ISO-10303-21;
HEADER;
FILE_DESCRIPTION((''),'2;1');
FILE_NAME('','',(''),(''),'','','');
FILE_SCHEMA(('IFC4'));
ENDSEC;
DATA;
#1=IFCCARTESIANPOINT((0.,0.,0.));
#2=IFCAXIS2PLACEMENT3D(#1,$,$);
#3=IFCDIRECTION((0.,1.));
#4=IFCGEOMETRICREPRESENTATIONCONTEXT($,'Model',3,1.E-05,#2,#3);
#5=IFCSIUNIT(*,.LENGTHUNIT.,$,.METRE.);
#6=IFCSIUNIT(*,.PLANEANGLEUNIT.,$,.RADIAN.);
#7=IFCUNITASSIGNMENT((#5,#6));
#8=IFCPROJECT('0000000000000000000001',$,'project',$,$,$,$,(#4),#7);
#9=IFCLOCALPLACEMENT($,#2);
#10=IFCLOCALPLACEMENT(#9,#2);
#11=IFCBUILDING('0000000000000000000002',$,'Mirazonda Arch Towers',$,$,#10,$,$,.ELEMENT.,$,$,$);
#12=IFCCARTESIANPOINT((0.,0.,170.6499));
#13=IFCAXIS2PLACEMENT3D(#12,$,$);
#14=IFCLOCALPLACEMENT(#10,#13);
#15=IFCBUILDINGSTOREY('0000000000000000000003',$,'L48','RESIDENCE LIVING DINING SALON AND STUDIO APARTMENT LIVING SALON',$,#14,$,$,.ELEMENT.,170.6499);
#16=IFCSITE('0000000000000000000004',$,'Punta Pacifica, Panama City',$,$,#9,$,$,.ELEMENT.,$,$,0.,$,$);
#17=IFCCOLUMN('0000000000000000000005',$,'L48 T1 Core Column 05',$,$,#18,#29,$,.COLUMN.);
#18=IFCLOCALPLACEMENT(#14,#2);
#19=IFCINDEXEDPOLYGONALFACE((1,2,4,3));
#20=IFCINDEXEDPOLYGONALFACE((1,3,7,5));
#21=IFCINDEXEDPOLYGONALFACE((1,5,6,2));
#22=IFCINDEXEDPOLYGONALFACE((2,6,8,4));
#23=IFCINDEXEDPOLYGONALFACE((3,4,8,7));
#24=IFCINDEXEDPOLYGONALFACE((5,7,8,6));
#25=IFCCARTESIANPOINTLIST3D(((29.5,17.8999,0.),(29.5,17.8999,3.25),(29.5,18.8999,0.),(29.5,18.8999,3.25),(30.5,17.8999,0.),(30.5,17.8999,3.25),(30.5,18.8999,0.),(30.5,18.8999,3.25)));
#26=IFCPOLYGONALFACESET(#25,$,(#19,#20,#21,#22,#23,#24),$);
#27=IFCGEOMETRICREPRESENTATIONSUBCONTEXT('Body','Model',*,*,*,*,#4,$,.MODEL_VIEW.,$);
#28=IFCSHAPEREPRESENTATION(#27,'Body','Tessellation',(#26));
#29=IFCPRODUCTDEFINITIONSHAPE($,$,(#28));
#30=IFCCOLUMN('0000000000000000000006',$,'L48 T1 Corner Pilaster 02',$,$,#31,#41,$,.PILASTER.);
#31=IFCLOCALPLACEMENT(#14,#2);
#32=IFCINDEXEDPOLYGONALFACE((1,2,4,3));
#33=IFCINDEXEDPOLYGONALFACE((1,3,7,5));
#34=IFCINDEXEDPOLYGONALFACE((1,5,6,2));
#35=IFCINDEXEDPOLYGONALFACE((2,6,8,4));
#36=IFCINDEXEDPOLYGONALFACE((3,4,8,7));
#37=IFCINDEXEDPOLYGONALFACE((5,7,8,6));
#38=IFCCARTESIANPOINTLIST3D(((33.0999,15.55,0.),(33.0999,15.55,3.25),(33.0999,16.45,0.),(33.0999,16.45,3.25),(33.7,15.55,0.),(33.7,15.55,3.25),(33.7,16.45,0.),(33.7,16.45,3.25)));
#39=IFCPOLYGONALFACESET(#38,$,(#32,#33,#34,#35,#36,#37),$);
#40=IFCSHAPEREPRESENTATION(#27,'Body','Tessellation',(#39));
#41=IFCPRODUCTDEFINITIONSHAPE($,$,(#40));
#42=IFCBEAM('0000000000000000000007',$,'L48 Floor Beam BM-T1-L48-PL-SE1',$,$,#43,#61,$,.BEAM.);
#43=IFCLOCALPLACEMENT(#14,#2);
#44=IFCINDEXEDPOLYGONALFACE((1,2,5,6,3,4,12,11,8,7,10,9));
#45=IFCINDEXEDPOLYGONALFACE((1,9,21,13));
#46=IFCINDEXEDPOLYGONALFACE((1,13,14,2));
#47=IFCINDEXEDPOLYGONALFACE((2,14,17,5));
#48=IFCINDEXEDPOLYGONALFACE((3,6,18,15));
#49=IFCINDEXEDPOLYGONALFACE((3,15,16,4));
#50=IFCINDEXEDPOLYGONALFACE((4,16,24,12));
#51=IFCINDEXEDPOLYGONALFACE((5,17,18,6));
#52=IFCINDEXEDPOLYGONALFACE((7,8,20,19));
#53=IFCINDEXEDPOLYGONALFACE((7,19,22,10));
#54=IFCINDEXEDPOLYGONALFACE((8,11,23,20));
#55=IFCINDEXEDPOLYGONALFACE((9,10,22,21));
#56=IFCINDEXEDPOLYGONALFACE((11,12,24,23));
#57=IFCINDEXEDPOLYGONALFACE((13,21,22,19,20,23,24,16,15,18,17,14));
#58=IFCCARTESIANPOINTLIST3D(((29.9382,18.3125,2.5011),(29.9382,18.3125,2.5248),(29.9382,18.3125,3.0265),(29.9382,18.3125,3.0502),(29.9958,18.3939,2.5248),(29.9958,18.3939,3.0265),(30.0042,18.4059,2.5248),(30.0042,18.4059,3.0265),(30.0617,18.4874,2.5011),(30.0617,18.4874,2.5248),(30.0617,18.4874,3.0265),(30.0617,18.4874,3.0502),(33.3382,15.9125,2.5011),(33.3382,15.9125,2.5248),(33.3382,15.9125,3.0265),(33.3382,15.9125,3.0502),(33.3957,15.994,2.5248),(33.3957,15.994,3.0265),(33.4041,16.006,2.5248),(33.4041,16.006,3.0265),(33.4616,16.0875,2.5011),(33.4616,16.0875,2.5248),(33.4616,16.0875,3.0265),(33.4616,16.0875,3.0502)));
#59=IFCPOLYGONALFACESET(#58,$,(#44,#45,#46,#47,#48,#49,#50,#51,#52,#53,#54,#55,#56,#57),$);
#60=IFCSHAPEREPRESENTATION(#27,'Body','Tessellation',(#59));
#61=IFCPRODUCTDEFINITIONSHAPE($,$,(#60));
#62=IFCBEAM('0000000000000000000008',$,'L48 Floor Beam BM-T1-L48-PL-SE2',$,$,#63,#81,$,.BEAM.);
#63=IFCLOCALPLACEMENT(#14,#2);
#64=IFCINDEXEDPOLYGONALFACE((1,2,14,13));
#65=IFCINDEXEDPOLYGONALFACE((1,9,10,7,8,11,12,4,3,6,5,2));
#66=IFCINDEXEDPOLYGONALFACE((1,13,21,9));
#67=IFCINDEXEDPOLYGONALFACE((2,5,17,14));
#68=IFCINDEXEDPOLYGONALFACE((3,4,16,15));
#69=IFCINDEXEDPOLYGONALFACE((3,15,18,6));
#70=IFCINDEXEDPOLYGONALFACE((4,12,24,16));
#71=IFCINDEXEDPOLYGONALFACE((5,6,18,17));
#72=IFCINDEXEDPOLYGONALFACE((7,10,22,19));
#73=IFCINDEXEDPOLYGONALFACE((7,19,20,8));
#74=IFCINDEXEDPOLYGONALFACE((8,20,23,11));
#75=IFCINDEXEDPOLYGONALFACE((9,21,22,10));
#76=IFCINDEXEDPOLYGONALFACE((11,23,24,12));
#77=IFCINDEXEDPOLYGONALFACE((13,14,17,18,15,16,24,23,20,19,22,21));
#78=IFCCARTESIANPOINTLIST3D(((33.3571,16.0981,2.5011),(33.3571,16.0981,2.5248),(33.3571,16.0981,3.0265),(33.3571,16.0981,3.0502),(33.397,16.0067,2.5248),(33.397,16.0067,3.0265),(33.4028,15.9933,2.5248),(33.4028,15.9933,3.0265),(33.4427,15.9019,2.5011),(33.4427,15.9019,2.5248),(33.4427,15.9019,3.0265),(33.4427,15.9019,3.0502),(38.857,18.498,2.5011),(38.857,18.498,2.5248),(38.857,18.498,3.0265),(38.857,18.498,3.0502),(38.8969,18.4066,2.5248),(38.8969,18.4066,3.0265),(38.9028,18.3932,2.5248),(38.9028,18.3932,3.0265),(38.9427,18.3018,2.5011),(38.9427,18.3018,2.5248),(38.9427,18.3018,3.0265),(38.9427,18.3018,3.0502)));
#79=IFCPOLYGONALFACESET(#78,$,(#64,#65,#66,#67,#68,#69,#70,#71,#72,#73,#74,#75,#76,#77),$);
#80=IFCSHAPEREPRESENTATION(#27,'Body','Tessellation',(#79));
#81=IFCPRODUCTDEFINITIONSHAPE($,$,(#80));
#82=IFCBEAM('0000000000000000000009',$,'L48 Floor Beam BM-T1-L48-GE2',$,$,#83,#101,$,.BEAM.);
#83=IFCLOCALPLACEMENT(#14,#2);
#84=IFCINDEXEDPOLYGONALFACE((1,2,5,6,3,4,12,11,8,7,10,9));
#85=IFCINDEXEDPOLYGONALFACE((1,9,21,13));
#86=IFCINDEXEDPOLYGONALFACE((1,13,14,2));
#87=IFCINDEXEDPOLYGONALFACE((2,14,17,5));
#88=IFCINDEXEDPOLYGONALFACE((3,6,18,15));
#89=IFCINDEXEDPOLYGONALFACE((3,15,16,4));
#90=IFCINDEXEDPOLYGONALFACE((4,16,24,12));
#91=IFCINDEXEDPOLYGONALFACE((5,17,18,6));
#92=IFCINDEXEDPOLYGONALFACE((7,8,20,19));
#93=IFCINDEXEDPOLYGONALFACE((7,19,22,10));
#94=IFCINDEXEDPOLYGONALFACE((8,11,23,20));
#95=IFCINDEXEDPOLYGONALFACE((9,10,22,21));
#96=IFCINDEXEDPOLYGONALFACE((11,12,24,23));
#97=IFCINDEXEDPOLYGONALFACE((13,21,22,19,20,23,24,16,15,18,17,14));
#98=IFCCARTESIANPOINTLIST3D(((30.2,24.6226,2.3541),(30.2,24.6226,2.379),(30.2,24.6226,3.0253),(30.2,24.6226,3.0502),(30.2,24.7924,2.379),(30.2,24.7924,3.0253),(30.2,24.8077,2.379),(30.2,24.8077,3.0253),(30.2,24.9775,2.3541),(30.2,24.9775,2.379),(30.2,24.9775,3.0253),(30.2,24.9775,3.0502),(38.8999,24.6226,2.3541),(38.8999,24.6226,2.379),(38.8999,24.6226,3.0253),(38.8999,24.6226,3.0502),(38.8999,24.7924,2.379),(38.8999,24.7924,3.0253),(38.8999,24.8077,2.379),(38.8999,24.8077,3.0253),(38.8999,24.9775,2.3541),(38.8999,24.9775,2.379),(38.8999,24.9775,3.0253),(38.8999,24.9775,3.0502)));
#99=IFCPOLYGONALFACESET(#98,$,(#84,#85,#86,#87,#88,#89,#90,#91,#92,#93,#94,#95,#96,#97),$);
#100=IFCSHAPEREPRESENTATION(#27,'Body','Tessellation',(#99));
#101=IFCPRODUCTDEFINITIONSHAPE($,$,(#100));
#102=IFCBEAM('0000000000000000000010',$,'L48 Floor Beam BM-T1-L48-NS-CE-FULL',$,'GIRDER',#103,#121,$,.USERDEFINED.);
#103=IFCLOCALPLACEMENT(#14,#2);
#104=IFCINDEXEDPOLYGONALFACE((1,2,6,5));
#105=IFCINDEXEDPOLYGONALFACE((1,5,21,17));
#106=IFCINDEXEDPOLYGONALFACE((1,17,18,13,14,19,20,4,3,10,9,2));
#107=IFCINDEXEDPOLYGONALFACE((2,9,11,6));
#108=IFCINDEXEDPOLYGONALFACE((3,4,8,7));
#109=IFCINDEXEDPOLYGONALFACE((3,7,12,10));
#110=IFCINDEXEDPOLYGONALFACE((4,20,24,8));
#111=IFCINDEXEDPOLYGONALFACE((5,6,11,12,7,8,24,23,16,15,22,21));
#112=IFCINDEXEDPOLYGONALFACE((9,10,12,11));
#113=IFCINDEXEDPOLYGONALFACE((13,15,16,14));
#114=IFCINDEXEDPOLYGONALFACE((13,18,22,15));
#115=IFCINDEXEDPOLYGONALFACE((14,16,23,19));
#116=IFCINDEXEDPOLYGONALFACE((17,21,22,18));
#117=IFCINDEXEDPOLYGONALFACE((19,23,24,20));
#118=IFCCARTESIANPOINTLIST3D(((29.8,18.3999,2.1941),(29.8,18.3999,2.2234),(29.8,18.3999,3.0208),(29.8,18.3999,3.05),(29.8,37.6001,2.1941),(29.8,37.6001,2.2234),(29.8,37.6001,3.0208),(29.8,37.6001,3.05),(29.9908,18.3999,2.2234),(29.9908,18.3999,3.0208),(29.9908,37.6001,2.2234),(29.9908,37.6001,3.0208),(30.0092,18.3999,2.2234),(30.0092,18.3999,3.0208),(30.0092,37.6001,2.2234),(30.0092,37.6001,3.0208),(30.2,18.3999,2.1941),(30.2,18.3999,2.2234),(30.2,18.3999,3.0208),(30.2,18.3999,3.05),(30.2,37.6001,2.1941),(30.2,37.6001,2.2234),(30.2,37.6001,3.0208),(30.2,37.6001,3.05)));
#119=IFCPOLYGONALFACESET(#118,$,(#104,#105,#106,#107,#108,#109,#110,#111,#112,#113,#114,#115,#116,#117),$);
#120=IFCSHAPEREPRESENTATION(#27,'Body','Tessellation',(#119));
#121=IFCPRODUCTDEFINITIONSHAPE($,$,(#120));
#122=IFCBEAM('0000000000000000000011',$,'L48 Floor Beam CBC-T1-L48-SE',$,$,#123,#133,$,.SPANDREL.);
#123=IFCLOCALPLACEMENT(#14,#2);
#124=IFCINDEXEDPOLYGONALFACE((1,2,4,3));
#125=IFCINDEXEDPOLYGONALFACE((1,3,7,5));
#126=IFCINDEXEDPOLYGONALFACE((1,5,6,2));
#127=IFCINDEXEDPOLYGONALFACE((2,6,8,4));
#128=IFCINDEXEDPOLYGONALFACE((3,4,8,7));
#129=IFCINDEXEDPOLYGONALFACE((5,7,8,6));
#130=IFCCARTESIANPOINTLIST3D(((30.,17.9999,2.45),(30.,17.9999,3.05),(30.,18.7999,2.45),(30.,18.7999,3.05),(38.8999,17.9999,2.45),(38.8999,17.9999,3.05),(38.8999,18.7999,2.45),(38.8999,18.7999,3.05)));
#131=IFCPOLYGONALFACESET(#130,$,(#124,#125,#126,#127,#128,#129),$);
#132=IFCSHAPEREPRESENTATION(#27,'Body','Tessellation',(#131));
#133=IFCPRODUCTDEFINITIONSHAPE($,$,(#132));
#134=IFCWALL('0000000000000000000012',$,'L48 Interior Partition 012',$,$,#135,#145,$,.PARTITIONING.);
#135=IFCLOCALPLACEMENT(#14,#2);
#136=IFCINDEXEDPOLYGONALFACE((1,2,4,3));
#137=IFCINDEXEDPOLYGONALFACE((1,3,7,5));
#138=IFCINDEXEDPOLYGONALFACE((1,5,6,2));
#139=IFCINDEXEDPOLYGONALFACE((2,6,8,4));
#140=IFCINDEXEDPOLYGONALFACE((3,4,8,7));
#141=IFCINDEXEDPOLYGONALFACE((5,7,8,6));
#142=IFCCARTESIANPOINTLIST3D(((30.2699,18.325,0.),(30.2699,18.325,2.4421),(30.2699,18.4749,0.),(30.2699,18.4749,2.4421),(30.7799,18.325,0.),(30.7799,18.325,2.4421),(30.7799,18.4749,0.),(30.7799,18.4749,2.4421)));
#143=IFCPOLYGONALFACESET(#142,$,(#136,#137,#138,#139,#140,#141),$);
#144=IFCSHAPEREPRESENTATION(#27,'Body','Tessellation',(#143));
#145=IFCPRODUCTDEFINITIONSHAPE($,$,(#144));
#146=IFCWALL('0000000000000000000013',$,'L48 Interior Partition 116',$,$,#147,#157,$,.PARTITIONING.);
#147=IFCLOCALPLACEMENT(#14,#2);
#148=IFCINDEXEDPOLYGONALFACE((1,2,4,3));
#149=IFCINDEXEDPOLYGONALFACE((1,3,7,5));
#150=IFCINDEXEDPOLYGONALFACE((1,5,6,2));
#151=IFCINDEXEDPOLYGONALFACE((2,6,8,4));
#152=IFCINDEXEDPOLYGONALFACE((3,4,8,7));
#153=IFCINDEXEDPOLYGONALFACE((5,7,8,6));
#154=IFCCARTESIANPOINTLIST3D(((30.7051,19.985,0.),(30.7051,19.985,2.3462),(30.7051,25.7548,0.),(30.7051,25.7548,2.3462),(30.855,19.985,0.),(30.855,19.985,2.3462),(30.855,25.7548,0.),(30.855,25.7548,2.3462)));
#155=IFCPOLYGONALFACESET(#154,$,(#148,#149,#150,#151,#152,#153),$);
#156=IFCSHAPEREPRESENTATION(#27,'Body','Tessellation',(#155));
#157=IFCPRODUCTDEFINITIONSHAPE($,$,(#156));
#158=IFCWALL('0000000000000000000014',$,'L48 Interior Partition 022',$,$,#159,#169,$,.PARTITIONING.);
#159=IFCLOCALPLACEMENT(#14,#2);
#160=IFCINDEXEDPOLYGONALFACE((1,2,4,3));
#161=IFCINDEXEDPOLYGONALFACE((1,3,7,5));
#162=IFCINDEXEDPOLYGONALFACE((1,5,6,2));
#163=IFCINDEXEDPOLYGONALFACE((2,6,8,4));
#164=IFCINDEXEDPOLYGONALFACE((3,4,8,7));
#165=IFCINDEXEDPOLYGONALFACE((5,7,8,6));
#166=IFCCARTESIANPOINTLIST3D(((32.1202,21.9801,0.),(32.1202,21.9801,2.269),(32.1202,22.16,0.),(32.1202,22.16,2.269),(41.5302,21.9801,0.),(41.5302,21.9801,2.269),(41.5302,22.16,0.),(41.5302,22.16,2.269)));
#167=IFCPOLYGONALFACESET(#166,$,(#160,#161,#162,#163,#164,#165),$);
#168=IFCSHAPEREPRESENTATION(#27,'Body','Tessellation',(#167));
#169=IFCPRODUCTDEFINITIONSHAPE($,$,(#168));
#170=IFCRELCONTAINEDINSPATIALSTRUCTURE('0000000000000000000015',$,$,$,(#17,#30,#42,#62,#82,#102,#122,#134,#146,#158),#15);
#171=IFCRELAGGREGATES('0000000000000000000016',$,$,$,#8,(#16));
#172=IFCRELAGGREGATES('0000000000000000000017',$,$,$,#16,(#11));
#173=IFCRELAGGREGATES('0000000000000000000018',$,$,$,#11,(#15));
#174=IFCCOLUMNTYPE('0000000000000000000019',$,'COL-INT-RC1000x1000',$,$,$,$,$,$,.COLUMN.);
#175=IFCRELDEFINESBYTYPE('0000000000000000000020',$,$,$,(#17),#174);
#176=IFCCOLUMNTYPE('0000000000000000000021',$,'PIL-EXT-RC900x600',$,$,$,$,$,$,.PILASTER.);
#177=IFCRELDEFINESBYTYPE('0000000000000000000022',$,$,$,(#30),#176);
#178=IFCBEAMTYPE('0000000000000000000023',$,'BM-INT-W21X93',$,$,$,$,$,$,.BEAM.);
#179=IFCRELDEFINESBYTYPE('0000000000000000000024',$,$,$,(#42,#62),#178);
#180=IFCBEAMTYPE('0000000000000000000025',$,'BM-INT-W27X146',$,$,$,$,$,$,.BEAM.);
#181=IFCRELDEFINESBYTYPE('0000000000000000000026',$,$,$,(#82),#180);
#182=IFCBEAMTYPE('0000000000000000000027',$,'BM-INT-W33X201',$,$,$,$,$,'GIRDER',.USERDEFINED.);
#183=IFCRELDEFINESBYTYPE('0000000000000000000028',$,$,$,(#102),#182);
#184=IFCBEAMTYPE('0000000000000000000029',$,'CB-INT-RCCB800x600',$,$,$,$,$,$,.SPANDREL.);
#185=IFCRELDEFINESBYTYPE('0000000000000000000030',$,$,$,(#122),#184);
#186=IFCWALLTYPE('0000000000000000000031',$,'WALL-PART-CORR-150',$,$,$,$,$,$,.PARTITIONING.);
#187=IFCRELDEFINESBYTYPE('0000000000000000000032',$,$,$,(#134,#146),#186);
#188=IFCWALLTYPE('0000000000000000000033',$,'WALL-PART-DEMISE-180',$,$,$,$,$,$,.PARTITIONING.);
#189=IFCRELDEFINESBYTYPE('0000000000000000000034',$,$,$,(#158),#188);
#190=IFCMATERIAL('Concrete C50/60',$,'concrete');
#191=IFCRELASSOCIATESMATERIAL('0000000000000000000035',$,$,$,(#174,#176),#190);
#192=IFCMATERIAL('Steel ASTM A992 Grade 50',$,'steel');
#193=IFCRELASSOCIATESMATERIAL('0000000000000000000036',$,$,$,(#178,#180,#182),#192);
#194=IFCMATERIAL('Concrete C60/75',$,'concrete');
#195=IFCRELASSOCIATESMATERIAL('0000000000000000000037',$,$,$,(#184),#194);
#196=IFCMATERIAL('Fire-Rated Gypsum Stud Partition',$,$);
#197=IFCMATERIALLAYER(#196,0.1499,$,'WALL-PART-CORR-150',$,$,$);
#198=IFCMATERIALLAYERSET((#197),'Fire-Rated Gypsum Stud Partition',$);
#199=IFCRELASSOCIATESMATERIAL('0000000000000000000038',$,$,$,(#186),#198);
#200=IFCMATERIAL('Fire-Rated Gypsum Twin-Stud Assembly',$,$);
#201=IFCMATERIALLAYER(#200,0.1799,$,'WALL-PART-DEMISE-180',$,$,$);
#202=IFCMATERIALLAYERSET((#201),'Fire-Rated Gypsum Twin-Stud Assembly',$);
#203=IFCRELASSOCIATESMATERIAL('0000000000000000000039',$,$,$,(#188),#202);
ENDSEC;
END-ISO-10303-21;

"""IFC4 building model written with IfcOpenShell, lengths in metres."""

from ifc_helpers import new_model, si_unit, direction, frame, frame_2d, origin, origin_2d, place, context, subcontext, project, spatial, rectangle, i_section, extrude, material, layer, layer_set, material_profile, profile_set, type_object, element, save


model = new_model("IFC4")

# Units and contexts
model_context = context("Model", 3, precision=1e-05, world=origin(), true_north=direction((0.0, 1.0)))
body_context = subcontext(model_context, "Body", "Model", "MODEL_VIEW")
ifc_project = project(units=[si_unit("LENGTHUNIT", "METRE"), si_unit("PLANEANGLEUNIT", "RADIAN")], contexts=[model_context])

# Site, building, storey
site_placement = place(None, origin())
site = spatial("IfcSite", under=ifc_project, at=site_placement, Name="Punta Pacifica, Panama City", CompositionType="ELEMENT", RefElevation=0.0)
building_placement = place(site_placement, origin())
building = spatial("IfcBuilding", under=site, at=building_placement, Name="Mirazonda Arch Towers", CompositionType="ELEMENT")
storey_placement = place(building_placement, frame((0.0, 0.0, 170.6499)))
storey = spatial("IfcBuildingStorey", under=building, at=storey_placement, Name="L48", Description="RESIDENCE LIVING DINING SALON AND STUDIO APARTMENT LIVING SALON", CompositionType="ELEMENT", Elevation=170.6499)

# Columns
ifc_material_1 = material(Name="Concrete C50/60", Category="concrete")
ifc_material_profile_1 = material_profile(ifc_material_1, rectangle(XDim=1.0, YDim=1.0, at=origin_2d()), Name="RC1000x1000")
ifc_profile_set_1 = profile_set([ifc_material_profile_1], Name="Concrete C50/60")
column_type_1 = type_object("IfcColumnType", Name="COL-INT-RC1000x1000", PredefinedType="COLUMN", material=ifc_profile_set_1)
column_1_placement = place(storey_placement, frame((30.0, 18.3999, 0.0), z_axis=(0.0, 0.0, 1.0), x_axis=(1.0, 0.0, 0.0)))
element("IfcColumn", 1, at=column_1_placement, inside=storey, type_object=column_type_1, Name="L48 T1 Core Column 05", PredefinedType="COLUMN", context=body_context, shape_type="SweptSolid", body=[
    extrude(rectangle(XDim=1.0, YDim=1.0, at=origin_2d()), origin(), (0.0, 0.0, 1.0), 3.25),
])
ifc_material_profile_2 = material_profile(ifc_material_1, rectangle(XDim=0.6001, YDim=0.8999, at=origin_2d()), Name="RC900x600")
ifc_profile_set_2 = profile_set([ifc_material_profile_2], Name="Concrete C50/60")
column_type_2 = type_object("IfcColumnType", Name="PIL-EXT-RC900x600", PredefinedType="PILASTER", material=ifc_profile_set_2)
column_2_placement = place(storey_placement, frame((33.3999, 16.0, 0.0), z_axis=(0.0, 0.0, 1.0), x_axis=(1.0, 0.0, 0.0)))
element("IfcColumn", 2, at=column_2_placement, inside=storey, type_object=column_type_2, Name="L48 T1 Corner Pilaster 02", PredefinedType="PILASTER", context=body_context, shape_type="SweptSolid", body=[
    extrude(rectangle(XDim=0.6001, YDim=0.8999, at=origin_2d()), origin(), (0.0, 0.0, 1.0), 3.25),
])

# Beams
ifc_material_2 = material(Name="Steel ASTM A992 Grade 50", Category="steel")
ifc_material_profile_3 = material_profile(ifc_material_2, i_section(OverallWidth=0.2141, OverallDepth=0.5491, WebThickness=0.0146, FlangeThickness=0.0237, at=origin_2d()), Name="W21X93")
ifc_profile_set_3 = profile_set([ifc_material_profile_3], Name="Steel ASTM A992 Grade 50")
beam_type_1 = type_object("IfcBeamType", Name="BM-INT-W21X93", PredefinedType="BEAM", material=ifc_profile_set_3)
beam_1_placement = place(storey_placement, frame((33.3999, 16.0, 2.7756), z_axis=(-0.816971, 0.576679, 0.0), x_axis=(-0.576679, -0.816971, 0.0)))
element("IfcBeam", 3, at=beam_1_placement, inside=storey, type_object=beam_type_1, Name="L48 Floor Beam BM-T1-L48-PL-SE1", PredefinedType="BEAM", context=body_context, shape_type="SweptSolid", body=[
    extrude(i_section(OverallWidth=0.2141, OverallDepth=0.5491, WebThickness=0.0146, FlangeThickness=0.0237, at=origin_2d()), origin(), (0.0, 0.0, 1.0), 4.1616),
])
beam_2_placement = place(storey_placement, frame((33.3999, 16.0, 2.7756), z_axis=(0.916545, 0.399931, 0.0), x_axis=(-0.399931, 0.916545, 0.0)))
element("IfcBeam", 4, at=beam_2_placement, inside=storey, type_object=beam_type_1, Name="L48 Floor Beam BM-T1-L48-PL-SE2", PredefinedType="BEAM", context=body_context, shape_type="SweptSolid", body=[
    extrude(i_section(OverallWidth=0.2141, OverallDepth=0.5491, WebThickness=0.0146, FlangeThickness=0.0237, at=origin_2d()), origin(), (0.0, 0.0, 1.0), 6.0007),
])
ifc_material_profile_4 = material_profile(ifc_material_2, i_section(OverallWidth=0.355, OverallDepth=0.696, WebThickness=0.0154, FlangeThickness=0.0249, at=origin_2d()), Name="W27X146")
ifc_profile_set_4 = profile_set([ifc_material_profile_4], Name="Steel ASTM A992 Grade 50")
beam_type_2 = type_object("IfcBeamType", Name="BM-INT-W27X146", PredefinedType="BEAM", material=ifc_profile_set_4)
beam_3_placement = place(storey_placement, frame((30.2, 24.8, 2.7021), z_axis=(1.0, 0.0, 0.0), x_axis=(0.0, 1.0, 0.0)))
element("IfcBeam", 5, at=beam_3_placement, inside=storey, type_object=beam_type_2, Name="L48 Floor Beam BM-T1-L48-GE2", PredefinedType="BEAM", context=body_context, shape_type="SweptSolid", body=[
    extrude(i_section(OverallWidth=0.355, OverallDepth=0.696, WebThickness=0.0154, FlangeThickness=0.0249, at=origin_2d()), origin(), (0.0, 0.0, 1.0), 8.7),
])
ifc_material_profile_5 = material_profile(ifc_material_2, i_section(OverallWidth=0.3999, OverallDepth=0.856, WebThickness=0.0183, FlangeThickness=0.0293, at=origin_2d()), Name="W33X201")
ifc_profile_set_5 = profile_set([ifc_material_profile_5], Name="Steel ASTM A992 Grade 50")
beam_type_3 = type_object("IfcBeamType", Name="BM-INT-W33X201", ElementType="GIRDER", PredefinedType="USERDEFINED", material=ifc_profile_set_5)
beam_4_placement = place(storey_placement, frame((30.0, 18.3999, 2.6221), z_axis=(0.0, 1.0, 0.0), x_axis=(-1.0, 0.0, 0.0)))
element("IfcBeam", 6, at=beam_4_placement, inside=storey, type_object=beam_type_3, Name="L48 Floor Beam BM-T1-L48-NS-CE-FULL", ObjectType="GIRDER", PredefinedType="USERDEFINED", context=body_context, shape_type="SweptSolid", body=[
    extrude(i_section(OverallWidth=0.3999, OverallDepth=0.856, WebThickness=0.0183, FlangeThickness=0.0293, at=origin_2d()), origin(), (0.0, 0.0, 1.0), 19.2002),
])
ifc_material_3 = material(Name="Concrete C60/75", Category="concrete")
ifc_material_profile_6 = material_profile(ifc_material_3, rectangle(XDim=0.8, YDim=0.6001, at=origin_2d()), Name="RCCB800x600")
ifc_profile_set_6 = profile_set([ifc_material_profile_6], Name="Concrete C60/75")
beam_type_4 = type_object("IfcBeamType", Name="CB-INT-RCCB800x600", PredefinedType="SPANDREL", material=ifc_profile_set_6)
beam_5_placement = place(storey_placement, frame((30.0, 18.3999, 2.75), z_axis=(1.0, 0.0, 0.0), x_axis=(0.0, 1.0, 0.0)))
element("IfcBeam", 7, at=beam_5_placement, inside=storey, type_object=beam_type_4, Name="L48 Floor Beam CBC-T1-L48-SE", PredefinedType="SPANDREL", context=body_context, shape_type="SweptSolid", body=[
    extrude(rectangle(XDim=0.8, YDim=0.6001, at=origin_2d()), origin(), (0.0, 0.0, 1.0), 8.8999),
])

# Walls
ifc_material_4 = material(Name="Fire-Rated Gypsum Stud Partition")
ifc_layer_1 = layer(ifc_material_4, 0.1499, Name="WALL-PART-CORR-150")
ifc_layer_set_1 = layer_set([ifc_layer_1], Name="Fire-Rated Gypsum Stud Partition")
wall_type_1 = type_object("IfcWallType", Name="WALL-PART-CORR-150", PredefinedType="PARTITIONING", material=ifc_layer_set_1)
wall_1_placement = place(storey_placement, frame((30.27, 18.3999, 0.0), z_axis=(0.0, 0.0, 1.0), x_axis=(1.0, 0.0, 0.0)))
element("IfcWall", 8, at=wall_1_placement, inside=storey, type_object=wall_type_1, Name="L48 Interior Partition 012", PredefinedType="PARTITIONING", context=body_context, shape_type="SweptSolid", body=[
    extrude(rectangle(XDim=0.51, YDim=0.1499, at=frame_2d((0.2549, 0.0))), origin(), (0.0, 0.0, 1.0), 2.4421),
])
wall_2_placement = place(storey_placement, frame((30.78, 19.9851, 0.0), z_axis=(0.0, 0.0, 1.0), x_axis=(0.0, 1.0, 0.0)))
element("IfcWall", 9, at=wall_2_placement, inside=storey, type_object=wall_type_1, Name="L48 Interior Partition 116", PredefinedType="PARTITIONING", context=body_context, shape_type="SweptSolid", body=[
    extrude(rectangle(XDim=5.7698, YDim=0.1499, at=frame_2d((2.8848, 0.0))), origin(), (0.0, 0.0, 1.0), 2.3462),
])

# Shared definitions
ifc_material_5 = material(Name="Fire-Rated Gypsum Twin-Stud Assembly")
ifc_layer_2 = layer(ifc_material_5, 0.1799, Name="WALL-PART-DEMISE-180")
ifc_layer_set_2 = layer_set([ifc_layer_2], Name="Fire-Rated Gypsum Twin-Stud Assembly")
wall_type_2 = type_object("IfcWallType", Name="WALL-PART-DEMISE-180", PredefinedType="PARTITIONING", material=ifc_layer_set_2)

# Wall
wall_3_placement = place(storey_placement, frame((32.1201, 22.0701, 0.0), z_axis=(0.0, 0.0, 1.0), x_axis=(1.0, 0.0, 0.0)))
element("IfcWall", 10, at=wall_3_placement, inside=storey, type_object=wall_type_2, Name="L48 Interior Partition 022", PredefinedType="PARTITIONING", context=body_context, shape_type="SweptSolid", body=[
    extrude(rectangle(XDim=9.4099, YDim=0.1799, at=frame_2d((4.7051, 0.0))), origin(), (0.0, 0.0, 1.0), 2.269),
])

save(model, "model.ifc")
